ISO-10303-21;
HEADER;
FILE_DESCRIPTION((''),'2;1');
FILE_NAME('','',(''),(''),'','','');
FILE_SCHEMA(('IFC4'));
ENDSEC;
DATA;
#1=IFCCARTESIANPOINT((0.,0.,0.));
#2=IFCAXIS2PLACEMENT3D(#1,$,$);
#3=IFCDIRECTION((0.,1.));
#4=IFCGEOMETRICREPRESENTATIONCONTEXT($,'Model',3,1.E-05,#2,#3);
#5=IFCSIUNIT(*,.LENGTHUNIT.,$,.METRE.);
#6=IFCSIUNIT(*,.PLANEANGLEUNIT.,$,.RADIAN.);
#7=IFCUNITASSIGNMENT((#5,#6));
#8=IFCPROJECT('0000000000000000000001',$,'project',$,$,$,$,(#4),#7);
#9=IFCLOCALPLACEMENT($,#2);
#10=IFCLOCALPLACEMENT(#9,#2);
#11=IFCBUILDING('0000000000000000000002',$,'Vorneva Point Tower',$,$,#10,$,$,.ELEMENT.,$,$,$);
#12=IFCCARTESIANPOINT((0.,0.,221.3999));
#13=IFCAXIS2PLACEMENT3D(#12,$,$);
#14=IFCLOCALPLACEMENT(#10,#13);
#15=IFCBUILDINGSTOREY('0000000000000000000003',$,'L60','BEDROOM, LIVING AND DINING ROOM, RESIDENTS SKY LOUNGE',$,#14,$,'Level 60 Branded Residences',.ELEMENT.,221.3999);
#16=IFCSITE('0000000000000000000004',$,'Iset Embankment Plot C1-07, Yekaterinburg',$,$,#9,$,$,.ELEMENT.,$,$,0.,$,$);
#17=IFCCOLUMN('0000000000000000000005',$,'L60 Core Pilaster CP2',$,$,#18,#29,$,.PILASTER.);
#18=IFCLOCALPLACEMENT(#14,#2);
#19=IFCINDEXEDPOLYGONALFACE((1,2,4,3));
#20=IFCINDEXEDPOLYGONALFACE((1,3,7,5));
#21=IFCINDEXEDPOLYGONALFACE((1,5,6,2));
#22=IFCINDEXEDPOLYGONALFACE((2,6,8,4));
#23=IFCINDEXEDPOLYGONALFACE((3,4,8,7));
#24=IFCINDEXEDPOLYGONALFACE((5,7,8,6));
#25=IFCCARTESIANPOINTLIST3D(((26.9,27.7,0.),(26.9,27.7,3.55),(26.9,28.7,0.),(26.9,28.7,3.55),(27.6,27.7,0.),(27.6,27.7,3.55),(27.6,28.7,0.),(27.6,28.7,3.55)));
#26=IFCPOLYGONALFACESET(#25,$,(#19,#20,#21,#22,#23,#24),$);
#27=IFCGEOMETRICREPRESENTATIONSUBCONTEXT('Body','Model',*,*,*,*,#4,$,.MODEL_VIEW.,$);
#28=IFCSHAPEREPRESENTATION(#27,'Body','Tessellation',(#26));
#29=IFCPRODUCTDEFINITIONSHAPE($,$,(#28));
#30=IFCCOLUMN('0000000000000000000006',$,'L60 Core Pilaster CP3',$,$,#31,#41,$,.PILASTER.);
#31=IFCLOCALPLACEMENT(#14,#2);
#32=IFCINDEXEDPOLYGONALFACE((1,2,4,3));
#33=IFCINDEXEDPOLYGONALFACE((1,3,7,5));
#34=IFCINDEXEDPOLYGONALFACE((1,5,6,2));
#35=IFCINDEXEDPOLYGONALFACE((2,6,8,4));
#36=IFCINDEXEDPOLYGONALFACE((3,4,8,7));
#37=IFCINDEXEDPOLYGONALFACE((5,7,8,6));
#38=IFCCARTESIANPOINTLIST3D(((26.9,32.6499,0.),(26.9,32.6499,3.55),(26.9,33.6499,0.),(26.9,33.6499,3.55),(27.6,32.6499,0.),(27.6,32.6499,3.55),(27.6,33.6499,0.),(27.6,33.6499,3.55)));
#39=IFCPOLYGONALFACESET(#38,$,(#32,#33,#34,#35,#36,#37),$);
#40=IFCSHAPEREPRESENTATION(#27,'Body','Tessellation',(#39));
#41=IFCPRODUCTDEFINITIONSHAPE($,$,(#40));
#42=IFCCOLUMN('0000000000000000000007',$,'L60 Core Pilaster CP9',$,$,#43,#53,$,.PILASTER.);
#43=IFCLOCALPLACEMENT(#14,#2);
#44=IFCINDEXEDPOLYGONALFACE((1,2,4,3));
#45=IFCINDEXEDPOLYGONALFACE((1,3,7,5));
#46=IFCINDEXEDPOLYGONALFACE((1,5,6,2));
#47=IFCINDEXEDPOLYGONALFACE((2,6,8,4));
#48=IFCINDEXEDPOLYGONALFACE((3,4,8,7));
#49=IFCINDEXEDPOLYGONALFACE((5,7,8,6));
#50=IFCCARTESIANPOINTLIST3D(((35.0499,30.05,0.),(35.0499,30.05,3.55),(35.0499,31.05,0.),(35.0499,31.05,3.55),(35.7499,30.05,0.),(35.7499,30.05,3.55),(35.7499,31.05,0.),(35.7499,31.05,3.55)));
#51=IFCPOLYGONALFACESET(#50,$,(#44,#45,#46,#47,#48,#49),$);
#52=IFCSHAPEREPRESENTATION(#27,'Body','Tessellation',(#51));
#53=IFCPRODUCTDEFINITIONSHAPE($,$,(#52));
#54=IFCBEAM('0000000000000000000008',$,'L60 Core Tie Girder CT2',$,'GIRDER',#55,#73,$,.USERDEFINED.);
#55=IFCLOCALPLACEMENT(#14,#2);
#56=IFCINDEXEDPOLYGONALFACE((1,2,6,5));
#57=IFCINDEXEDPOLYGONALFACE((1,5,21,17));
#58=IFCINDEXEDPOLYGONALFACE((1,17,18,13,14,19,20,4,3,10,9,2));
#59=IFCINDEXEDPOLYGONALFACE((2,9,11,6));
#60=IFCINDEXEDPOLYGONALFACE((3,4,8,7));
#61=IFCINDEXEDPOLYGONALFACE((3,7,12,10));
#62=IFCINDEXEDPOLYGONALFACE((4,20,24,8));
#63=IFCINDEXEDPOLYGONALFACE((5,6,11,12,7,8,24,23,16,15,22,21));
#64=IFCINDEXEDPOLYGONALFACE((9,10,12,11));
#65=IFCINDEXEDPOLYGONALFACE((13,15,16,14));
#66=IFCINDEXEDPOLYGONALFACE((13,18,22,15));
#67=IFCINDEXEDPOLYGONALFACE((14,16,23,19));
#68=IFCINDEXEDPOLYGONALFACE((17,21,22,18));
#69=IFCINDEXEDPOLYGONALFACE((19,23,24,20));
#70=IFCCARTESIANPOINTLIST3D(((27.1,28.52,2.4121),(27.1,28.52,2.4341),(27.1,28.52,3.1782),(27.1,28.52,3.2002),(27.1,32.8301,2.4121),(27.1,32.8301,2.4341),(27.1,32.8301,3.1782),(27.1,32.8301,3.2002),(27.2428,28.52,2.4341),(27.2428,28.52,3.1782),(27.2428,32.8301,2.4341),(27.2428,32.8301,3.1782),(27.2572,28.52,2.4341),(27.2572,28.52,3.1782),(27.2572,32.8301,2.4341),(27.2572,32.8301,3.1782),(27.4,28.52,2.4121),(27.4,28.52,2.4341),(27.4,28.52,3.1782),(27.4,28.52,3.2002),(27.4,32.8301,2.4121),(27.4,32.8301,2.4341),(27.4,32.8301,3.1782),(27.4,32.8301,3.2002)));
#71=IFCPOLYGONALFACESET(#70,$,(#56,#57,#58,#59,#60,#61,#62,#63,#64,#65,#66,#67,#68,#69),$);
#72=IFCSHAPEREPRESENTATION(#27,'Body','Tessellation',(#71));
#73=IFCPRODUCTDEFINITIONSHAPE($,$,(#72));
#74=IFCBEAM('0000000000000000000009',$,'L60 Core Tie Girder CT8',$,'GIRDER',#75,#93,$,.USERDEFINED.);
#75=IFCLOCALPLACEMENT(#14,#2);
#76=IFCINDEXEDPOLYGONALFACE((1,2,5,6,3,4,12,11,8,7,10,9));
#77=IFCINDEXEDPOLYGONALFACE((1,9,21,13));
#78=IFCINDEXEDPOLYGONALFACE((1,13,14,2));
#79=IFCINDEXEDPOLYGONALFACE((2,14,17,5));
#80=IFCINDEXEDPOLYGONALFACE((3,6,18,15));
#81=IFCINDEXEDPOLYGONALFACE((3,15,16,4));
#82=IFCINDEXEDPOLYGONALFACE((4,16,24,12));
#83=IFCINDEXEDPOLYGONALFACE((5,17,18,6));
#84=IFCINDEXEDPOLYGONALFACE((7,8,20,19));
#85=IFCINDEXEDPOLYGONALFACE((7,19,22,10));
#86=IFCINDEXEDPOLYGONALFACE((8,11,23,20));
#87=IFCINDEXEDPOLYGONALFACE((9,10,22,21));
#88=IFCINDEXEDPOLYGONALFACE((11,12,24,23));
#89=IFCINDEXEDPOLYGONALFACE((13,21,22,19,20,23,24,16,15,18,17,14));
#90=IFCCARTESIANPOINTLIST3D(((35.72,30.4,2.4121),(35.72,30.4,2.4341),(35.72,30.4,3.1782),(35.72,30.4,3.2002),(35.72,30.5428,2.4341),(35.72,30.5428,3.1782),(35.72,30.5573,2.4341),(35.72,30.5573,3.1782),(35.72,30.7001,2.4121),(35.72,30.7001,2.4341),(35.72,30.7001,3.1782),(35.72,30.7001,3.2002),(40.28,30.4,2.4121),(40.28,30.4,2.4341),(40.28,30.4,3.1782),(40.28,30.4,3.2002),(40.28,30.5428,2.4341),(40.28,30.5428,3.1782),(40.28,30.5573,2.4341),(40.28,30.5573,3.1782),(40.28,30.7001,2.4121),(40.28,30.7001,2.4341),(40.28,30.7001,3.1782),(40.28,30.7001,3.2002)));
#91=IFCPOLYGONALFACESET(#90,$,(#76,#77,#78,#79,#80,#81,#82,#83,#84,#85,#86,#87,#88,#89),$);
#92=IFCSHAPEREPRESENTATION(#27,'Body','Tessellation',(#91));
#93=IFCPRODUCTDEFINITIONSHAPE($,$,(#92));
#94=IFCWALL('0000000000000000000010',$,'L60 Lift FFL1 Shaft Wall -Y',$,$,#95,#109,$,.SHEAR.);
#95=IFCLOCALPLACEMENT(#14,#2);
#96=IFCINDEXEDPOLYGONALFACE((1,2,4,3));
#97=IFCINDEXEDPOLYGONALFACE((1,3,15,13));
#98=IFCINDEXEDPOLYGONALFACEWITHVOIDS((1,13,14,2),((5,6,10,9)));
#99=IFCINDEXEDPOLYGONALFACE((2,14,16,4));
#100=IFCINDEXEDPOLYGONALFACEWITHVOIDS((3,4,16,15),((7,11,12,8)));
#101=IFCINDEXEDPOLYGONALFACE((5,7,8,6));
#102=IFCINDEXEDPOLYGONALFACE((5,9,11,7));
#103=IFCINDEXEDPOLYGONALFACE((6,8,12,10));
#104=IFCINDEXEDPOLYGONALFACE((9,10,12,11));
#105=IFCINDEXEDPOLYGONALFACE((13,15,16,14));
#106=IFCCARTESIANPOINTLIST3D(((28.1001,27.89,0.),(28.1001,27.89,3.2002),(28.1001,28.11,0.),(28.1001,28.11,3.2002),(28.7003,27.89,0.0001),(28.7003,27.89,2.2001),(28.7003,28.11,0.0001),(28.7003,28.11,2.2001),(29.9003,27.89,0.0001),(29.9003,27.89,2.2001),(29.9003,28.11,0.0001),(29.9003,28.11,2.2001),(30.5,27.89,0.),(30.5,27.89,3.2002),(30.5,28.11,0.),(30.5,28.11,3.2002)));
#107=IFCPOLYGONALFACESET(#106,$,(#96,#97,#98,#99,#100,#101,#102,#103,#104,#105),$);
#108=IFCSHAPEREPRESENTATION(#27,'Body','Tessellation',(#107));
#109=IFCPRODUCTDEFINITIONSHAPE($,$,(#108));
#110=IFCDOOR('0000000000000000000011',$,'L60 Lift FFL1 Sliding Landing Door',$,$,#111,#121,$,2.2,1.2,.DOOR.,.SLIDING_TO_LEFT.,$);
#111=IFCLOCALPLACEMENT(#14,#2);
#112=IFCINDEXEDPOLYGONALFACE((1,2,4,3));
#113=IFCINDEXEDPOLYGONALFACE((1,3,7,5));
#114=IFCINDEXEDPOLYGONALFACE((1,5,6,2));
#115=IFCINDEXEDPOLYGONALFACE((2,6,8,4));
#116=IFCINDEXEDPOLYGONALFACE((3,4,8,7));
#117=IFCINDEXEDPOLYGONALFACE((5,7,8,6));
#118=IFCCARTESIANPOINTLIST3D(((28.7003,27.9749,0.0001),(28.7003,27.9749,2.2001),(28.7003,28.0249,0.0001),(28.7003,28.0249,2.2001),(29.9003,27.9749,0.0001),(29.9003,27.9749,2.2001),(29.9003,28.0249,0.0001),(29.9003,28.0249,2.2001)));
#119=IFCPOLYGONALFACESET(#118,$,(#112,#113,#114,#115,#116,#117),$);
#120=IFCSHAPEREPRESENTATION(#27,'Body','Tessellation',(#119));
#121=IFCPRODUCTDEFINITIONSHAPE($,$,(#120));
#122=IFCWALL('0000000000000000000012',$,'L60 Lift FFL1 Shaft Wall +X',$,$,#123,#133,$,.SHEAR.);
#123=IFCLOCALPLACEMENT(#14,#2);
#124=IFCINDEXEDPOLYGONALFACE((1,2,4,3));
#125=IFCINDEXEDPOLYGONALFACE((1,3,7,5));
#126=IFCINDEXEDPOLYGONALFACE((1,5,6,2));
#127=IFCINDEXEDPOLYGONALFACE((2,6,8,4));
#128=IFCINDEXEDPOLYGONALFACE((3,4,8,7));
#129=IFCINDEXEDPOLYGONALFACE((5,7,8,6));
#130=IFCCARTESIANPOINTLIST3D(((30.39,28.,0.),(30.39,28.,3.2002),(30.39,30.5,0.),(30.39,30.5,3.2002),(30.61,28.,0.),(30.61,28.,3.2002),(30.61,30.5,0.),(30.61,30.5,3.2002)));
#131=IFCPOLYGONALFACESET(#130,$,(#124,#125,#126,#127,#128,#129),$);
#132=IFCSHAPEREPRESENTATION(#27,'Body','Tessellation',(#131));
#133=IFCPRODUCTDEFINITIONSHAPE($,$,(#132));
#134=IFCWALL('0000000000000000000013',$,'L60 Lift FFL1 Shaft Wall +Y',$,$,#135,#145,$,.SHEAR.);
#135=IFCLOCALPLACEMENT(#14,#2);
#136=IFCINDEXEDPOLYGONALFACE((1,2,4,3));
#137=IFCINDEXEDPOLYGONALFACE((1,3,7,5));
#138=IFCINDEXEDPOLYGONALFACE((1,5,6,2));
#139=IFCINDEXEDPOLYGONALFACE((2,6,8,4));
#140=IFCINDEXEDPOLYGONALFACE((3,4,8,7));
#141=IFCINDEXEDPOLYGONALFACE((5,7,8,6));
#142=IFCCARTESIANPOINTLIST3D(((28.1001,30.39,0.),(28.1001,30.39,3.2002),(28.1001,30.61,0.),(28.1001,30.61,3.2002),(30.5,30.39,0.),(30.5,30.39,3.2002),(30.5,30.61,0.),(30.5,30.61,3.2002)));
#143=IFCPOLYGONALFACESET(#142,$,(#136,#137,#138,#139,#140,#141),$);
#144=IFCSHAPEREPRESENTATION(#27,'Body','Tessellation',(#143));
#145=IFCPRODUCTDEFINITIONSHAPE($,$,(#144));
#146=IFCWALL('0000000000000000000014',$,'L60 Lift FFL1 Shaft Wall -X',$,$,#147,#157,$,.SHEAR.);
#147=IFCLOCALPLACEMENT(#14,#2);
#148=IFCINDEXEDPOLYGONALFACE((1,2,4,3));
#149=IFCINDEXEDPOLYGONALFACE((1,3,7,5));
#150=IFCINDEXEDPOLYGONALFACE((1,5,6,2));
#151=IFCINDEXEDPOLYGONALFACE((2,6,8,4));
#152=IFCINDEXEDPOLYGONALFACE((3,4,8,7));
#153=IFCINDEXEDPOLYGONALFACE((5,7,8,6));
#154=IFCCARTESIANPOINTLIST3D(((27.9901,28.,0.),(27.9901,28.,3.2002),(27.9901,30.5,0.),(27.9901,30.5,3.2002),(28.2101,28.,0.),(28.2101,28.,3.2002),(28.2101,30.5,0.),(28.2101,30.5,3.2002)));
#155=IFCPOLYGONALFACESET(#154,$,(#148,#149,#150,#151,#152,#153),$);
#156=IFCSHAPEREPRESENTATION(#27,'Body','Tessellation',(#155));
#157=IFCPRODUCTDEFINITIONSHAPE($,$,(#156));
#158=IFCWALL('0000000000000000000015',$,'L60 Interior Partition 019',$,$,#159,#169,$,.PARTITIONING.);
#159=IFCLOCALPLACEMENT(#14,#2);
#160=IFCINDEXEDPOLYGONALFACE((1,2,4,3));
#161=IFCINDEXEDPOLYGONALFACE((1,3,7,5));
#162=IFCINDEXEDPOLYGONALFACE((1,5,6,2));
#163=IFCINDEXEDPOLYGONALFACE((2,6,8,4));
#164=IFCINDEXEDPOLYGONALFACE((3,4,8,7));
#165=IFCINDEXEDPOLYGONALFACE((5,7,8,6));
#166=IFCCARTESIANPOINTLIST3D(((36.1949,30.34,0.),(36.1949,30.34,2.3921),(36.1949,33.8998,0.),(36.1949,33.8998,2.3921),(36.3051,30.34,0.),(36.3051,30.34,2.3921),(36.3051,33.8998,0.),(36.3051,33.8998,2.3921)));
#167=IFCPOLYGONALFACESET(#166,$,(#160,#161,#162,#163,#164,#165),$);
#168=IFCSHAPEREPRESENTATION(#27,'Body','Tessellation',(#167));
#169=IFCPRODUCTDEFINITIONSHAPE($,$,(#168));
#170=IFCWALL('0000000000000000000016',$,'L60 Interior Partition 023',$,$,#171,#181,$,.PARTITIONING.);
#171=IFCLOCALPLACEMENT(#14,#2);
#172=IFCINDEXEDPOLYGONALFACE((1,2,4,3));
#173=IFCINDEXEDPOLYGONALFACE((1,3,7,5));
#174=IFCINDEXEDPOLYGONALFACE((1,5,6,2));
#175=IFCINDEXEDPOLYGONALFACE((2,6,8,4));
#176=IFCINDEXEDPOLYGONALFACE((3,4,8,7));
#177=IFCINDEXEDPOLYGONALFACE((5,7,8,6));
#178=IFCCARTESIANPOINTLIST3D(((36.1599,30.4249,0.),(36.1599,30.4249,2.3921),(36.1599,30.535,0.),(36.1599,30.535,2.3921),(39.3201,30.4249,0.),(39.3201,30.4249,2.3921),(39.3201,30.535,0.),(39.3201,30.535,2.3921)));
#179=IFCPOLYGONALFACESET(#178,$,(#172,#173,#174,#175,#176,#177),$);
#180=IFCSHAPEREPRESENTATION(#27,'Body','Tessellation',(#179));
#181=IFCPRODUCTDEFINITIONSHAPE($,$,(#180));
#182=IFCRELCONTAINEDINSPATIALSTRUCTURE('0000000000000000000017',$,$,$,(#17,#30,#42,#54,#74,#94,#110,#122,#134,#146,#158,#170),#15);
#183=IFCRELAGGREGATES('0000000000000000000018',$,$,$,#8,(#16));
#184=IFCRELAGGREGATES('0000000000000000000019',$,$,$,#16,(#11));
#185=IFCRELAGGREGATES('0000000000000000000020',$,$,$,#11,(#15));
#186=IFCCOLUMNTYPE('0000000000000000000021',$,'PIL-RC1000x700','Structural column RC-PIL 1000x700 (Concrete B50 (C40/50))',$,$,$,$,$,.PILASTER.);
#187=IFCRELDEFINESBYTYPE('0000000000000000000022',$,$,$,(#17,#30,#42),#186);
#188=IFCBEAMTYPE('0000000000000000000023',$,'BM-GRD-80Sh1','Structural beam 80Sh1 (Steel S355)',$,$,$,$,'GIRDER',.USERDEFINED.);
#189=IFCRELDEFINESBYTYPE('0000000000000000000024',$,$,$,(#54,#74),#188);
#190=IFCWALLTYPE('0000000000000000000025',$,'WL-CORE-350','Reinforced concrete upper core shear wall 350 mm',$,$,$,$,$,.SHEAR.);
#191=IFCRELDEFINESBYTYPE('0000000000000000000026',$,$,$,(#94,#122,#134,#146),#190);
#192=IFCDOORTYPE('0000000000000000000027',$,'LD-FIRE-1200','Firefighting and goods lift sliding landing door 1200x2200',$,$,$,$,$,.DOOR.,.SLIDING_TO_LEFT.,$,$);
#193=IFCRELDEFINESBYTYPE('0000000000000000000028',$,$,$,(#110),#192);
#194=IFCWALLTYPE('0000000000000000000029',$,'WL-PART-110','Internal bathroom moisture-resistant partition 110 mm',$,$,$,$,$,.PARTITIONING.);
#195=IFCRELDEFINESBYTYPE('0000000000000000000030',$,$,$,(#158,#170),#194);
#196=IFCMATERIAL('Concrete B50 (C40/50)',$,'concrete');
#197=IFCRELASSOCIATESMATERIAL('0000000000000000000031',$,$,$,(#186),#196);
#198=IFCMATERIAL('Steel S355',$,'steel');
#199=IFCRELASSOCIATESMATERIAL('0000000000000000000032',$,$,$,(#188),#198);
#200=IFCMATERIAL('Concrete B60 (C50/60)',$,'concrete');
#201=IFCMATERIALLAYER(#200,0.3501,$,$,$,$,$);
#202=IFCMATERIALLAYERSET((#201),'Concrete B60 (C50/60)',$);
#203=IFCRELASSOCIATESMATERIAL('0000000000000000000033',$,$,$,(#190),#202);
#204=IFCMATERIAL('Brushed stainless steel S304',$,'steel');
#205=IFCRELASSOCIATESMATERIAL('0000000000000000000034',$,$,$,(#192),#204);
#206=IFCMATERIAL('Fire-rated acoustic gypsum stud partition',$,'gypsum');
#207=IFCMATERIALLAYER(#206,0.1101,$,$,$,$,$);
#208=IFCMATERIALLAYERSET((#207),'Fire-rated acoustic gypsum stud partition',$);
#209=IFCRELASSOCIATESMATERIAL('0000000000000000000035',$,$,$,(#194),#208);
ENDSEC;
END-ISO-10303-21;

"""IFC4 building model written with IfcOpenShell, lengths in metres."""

from ifc_helpers import new_model, si_unit, direction, frame, frame_2d, origin, origin_2d, place, context, subcontext, project, spatial, rectangle, i_section, extrude, material, layer, layer_set, material_profile, profile_set, type_object, element, fill, save


model = new_model("IFC4")

# Units and contexts
model_context = context("Model", 3, precision=1e-05, world=origin(), true_north=direction((0.0, 1.0)))
body_context = subcontext(model_context, "Body", "Model", "MODEL_VIEW")
ifc_project = project(units=[si_unit("LENGTHUNIT", "METRE"), si_unit("PLANEANGLEUNIT", "RADIAN")], contexts=[model_context])

# Site, building, storey
site_placement = place(None, origin())
site = spatial("IfcSite", under=ifc_project, at=site_placement, Name="Iset Embankment Plot C1-07, Yekaterinburg", CompositionType="ELEMENT", RefElevation=0.0)
building_placement = place(site_placement, origin())
building = spatial("IfcBuilding", under=site, at=building_placement, Name="Vorneva Point Tower", CompositionType="ELEMENT")
storey_placement = place(building_placement, frame((0.0, 0.0, 221.3999)))
storey = spatial("IfcBuildingStorey", under=building, at=storey_placement, Name="L60", Description="BEDROOM, LIVING AND DINING ROOM, RESIDENTS SKY LOUNGE", LongName="Level 60 Branded Residences", CompositionType="ELEMENT", Elevation=221.3999)

# Columns
ifc_material_1 = material(Name="Concrete B50 (C40/50)", Category="concrete")
ifc_material_profile_1 = material_profile(ifc_material_1, rectangle(XDim=0.7, YDim=1.0, at=origin_2d()), Name="RC-PIL 1000x700")
ifc_profile_set_1 = profile_set([ifc_material_profile_1], Name="Concrete B50 (C40/50)")
column_type = type_object("IfcColumnType", Name="PIL-RC1000x700", Description="Structural column RC-PIL 1000x700 (Concrete B50 (C40/50))", PredefinedType="PILASTER", material=ifc_profile_set_1)
for number, where, z_axis, x_axis, name in (
    (1, (27.25, 28.2, 0.0), (0.0, 0.0, 1.0), (1.0, 0.0, 0.0), "L60 Core Pilaster CP2"),
    (2, (27.25, 33.1499, 0.0), (0.0, 0.0, 1.0), (1.0, 0.0, 0.0), "L60 Core Pilaster CP3"),
    (3, (35.3999, 30.55, 0.0), (0.0, 0.0, 1.0), (1.0, 0.0, 0.0), "L60 Core Pilaster CP9"),
):
    element("IfcColumn", number, at=place(storey_placement, frame(where, z_axis=z_axis, x_axis=x_axis)), inside=storey, type_object=column_type, Name=name, PredefinedType="PILASTER", context=body_context, shape_type="SweptSolid", body=[
        extrude(rectangle(XDim=0.7, YDim=1.0, at=origin_2d()), origin(), (0.0, 0.0, 1.0), 3.55),
    ])

# Beams
ifc_material_2 = material(Name="Steel S355", Category="steel")
ifc_material_profile_2 = material_profile(ifc_material_2, i_section(OverallWidth=0.3, OverallDepth=0.7881, WebThickness=0.0144, FlangeThickness=0.022, at=origin_2d()), Name="80Sh1")
ifc_profile_set_2 = profile_set([ifc_material_profile_2], Name="Steel S355")
beam_type = type_object("IfcBeamType", Name="BM-GRD-80Sh1", Description="Structural beam 80Sh1 (Steel S355)", ElementType="GIRDER", PredefinedType="USERDEFINED", material=ifc_profile_set_2)
beam_1_placement = place(storey_placement, frame((27.25, 28.52, 2.8062), z_axis=(0.0, 1.0, 0.0), x_axis=(-1.0, 0.0, 0.0)))
element("IfcBeam", 4, at=beam_1_placement, inside=storey, type_object=beam_type, Name="L60 Core Tie Girder CT2", ObjectType="GIRDER", PredefinedType="USERDEFINED", context=body_context, shape_type="SweptSolid", body=[
    extrude(i_section(OverallWidth=0.3, OverallDepth=0.7881, WebThickness=0.0144, FlangeThickness=0.022, at=origin_2d()), origin(), (0.0, 0.0, 1.0), 4.3101),
])
beam_2_placement = place(storey_placement, frame((35.72, 30.55, 2.8062), z_axis=(1.0, 0.0, 0.0), x_axis=(0.0, 1.0, 0.0)))
element("IfcBeam", 5, at=beam_2_placement, inside=storey, type_object=beam_type, Name="L60 Core Tie Girder CT8", ObjectType="GIRDER", PredefinedType="USERDEFINED", context=body_context, shape_type="SweptSolid", body=[
    extrude(i_section(OverallWidth=0.3, OverallDepth=0.7881, WebThickness=0.0144, FlangeThickness=0.022, at=origin_2d()), origin(), (0.0, 0.0, 1.0), 4.5601),
])

# Wall, opening, door
ifc_material_3 = material(Name="Concrete B60 (C50/60)", Category="concrete")
ifc_layer_1 = layer(ifc_material_3, 0.3501)
ifc_layer_set_1 = layer_set([ifc_layer_1], Name="Concrete B60 (C50/60)")
wall_type_1 = type_object("IfcWallType", Name="WL-CORE-350", Description="Reinforced concrete upper core shear wall 350 mm", PredefinedType="SHEAR", material=ifc_layer_set_1)
wall_1_placement = place(storey_placement, frame((28.1001, 28.0, 0.0), z_axis=(0.0, 0.0, 1.0), x_axis=(1.0, 0.0, 0.0)))
wall_1 = element("IfcWall", 6, at=wall_1_placement, inside=storey, type_object=wall_type_1, Name="L60 Lift FFL1 Shaft Wall -Y", PredefinedType="SHEAR", context=body_context, shape_type="SweptSolid", body=[
    extrude(rectangle(XDim=2.3999, YDim=0.22, at=frame_2d((1.2, 0.0))), origin(), (0.0, 0.0, 1.0), 3.2002),
])
opening_1_placement = place(wall_1_placement, frame((0.6001, 0.0, 0.0)))
opening_1 = element("IfcOpeningElement", 7, at=opening_1_placement, cuts=wall_1, PredefinedType="OPENING", context=body_context, shape_type="SweptSolid", body=[
    extrude(rectangle(XDim=1.2, YDim=2.2, at=frame_2d((0.6001, 1.1001))), frame((0.0, 0.125, 0.0), z_axis=(0.0, -1.0, 0.0), x_axis=(1.0, 0.0, 0.0)), (0.0, 0.0, 1.0), 0.2498),
])
ifc_material_4 = material(Name="Brushed stainless steel S304", Category="steel")
door_type_1 = type_object("IfcDoorType", Name="LD-FIRE-1200", Description="Firefighting and goods lift sliding landing door 1200x2200", OperationType="SLIDING_TO_LEFT", PredefinedType="DOOR", material=ifc_material_4)
door_1_placement = place(opening_1_placement, origin())
door_1 = element("IfcDoor", 8, at=door_1_placement, inside=storey, type_object=door_type_1, Name="L60 Lift FFL1 Sliding Landing Door", OperationType="SLIDING_TO_LEFT", OverallHeight=2.2, OverallWidth=1.2, PredefinedType="DOOR", context=body_context, shape_type="SweptSolid", body=[
    extrude(rectangle(XDim=1.2, YDim=2.2, at=frame_2d((0.6001, 1.1001))), frame((0.0, 0.0249, 0.0), z_axis=(0.0, -1.0, 0.0), x_axis=(1.0, 0.0, 0.0)), (0.0, 0.0, 1.0), 0.05),
])
fill(opening_1, door_1)

# Walls
wall_2_placement = place(storey_placement, frame((30.5, 28.0, 0.0), z_axis=(0.0, 0.0, 1.0), x_axis=(0.0, 1.0, 0.0)))
element("IfcWall", 9, at=wall_2_placement, inside=storey, type_object=wall_type_1, Name="L60 Lift FFL1 Shaft Wall +X", PredefinedType="SHEAR", context=body_context, shape_type="SweptSolid", body=[
    extrude(rectangle(XDim=2.5, YDim=0.22, at=frame_2d((1.25, 0.0))), origin(), (0.0, 0.0, 1.0), 3.2002),
])
wall_3_placement = place(storey_placement, frame((30.5, 30.5, 0.0), z_axis=(0.0, 0.0, 1.0), x_axis=(-1.0, 0.0, 0.0)))
element("IfcWall", 10, at=wall_3_placement, inside=storey, type_object=wall_type_1, Name="L60 Lift FFL1 Shaft Wall +Y", PredefinedType="SHEAR", context=body_context, shape_type="SweptSolid", body=[
    extrude(rectangle(XDim=2.3999, YDim=0.22, at=frame_2d((1.2, 0.0))), origin(), (0.0, 0.0, 1.0), 3.2002),
])
wall_4_placement = place(storey_placement, frame((28.1001, 30.5, 0.0), z_axis=(0.0, 0.0, 1.0), x_axis=(0.0, -1.0, 0.0)))
element("IfcWall", 11, at=wall_4_placement, inside=storey, type_object=wall_type_1, Name="L60 Lift FFL1 Shaft Wall -X", PredefinedType="SHEAR", context=body_context, shape_type="SweptSolid", body=[
    extrude(rectangle(XDim=2.5, YDim=0.22, at=frame_2d((1.25, 0.0))), origin(), (0.0, 0.0, 1.0), 3.2002),
])
ifc_material_5 = material(Name="Fire-rated acoustic gypsum stud partition", Category="gypsum")
ifc_layer_2 = layer(ifc_material_5, 0.1101)
ifc_layer_set_2 = layer_set([ifc_layer_2], Name="Fire-rated acoustic gypsum stud partition")
wall_type_2 = type_object("IfcWallType", Name="WL-PART-110", Description="Internal bathroom moisture-resistant partition 110 mm", PredefinedType="PARTITIONING", material=ifc_layer_set_2)
wall_5_placement = place(storey_placement, frame((36.25, 30.3401, 0.0), z_axis=(0.0, 0.0, 1.0), x_axis=(0.0, 1.0, 0.0)))
element("IfcWall", 12, at=wall_5_placement, inside=storey, type_object=wall_type_2, Name="L60 Interior Partition 019", PredefinedType="PARTITIONING", context=body_context, shape_type="SweptSolid", body=[
    extrude(rectangle(XDim=3.5598, YDim=0.1101, at=frame_2d((1.7798, 0.0))), origin(), (0.0, 0.0, 1.0), 2.3921),
])
wall_6_placement = place(storey_placement, frame((36.1599, 30.48, 0.0), z_axis=(0.0, 0.0, 1.0), x_axis=(1.0, 0.0, 0.0)))
element("IfcWall", 13, at=wall_6_placement, inside=storey, type_object=wall_type_2, Name="L60 Interior Partition 023", PredefinedType="PARTITIONING", context=body_context, shape_type="SweptSolid", body=[
    extrude(rectangle(XDim=3.1602, YDim=0.1101, at=frame_2d((1.5801, 0.0))), origin(), (0.0, 0.0, 1.0), 2.3921),
])

save(model, "model.ifc")
